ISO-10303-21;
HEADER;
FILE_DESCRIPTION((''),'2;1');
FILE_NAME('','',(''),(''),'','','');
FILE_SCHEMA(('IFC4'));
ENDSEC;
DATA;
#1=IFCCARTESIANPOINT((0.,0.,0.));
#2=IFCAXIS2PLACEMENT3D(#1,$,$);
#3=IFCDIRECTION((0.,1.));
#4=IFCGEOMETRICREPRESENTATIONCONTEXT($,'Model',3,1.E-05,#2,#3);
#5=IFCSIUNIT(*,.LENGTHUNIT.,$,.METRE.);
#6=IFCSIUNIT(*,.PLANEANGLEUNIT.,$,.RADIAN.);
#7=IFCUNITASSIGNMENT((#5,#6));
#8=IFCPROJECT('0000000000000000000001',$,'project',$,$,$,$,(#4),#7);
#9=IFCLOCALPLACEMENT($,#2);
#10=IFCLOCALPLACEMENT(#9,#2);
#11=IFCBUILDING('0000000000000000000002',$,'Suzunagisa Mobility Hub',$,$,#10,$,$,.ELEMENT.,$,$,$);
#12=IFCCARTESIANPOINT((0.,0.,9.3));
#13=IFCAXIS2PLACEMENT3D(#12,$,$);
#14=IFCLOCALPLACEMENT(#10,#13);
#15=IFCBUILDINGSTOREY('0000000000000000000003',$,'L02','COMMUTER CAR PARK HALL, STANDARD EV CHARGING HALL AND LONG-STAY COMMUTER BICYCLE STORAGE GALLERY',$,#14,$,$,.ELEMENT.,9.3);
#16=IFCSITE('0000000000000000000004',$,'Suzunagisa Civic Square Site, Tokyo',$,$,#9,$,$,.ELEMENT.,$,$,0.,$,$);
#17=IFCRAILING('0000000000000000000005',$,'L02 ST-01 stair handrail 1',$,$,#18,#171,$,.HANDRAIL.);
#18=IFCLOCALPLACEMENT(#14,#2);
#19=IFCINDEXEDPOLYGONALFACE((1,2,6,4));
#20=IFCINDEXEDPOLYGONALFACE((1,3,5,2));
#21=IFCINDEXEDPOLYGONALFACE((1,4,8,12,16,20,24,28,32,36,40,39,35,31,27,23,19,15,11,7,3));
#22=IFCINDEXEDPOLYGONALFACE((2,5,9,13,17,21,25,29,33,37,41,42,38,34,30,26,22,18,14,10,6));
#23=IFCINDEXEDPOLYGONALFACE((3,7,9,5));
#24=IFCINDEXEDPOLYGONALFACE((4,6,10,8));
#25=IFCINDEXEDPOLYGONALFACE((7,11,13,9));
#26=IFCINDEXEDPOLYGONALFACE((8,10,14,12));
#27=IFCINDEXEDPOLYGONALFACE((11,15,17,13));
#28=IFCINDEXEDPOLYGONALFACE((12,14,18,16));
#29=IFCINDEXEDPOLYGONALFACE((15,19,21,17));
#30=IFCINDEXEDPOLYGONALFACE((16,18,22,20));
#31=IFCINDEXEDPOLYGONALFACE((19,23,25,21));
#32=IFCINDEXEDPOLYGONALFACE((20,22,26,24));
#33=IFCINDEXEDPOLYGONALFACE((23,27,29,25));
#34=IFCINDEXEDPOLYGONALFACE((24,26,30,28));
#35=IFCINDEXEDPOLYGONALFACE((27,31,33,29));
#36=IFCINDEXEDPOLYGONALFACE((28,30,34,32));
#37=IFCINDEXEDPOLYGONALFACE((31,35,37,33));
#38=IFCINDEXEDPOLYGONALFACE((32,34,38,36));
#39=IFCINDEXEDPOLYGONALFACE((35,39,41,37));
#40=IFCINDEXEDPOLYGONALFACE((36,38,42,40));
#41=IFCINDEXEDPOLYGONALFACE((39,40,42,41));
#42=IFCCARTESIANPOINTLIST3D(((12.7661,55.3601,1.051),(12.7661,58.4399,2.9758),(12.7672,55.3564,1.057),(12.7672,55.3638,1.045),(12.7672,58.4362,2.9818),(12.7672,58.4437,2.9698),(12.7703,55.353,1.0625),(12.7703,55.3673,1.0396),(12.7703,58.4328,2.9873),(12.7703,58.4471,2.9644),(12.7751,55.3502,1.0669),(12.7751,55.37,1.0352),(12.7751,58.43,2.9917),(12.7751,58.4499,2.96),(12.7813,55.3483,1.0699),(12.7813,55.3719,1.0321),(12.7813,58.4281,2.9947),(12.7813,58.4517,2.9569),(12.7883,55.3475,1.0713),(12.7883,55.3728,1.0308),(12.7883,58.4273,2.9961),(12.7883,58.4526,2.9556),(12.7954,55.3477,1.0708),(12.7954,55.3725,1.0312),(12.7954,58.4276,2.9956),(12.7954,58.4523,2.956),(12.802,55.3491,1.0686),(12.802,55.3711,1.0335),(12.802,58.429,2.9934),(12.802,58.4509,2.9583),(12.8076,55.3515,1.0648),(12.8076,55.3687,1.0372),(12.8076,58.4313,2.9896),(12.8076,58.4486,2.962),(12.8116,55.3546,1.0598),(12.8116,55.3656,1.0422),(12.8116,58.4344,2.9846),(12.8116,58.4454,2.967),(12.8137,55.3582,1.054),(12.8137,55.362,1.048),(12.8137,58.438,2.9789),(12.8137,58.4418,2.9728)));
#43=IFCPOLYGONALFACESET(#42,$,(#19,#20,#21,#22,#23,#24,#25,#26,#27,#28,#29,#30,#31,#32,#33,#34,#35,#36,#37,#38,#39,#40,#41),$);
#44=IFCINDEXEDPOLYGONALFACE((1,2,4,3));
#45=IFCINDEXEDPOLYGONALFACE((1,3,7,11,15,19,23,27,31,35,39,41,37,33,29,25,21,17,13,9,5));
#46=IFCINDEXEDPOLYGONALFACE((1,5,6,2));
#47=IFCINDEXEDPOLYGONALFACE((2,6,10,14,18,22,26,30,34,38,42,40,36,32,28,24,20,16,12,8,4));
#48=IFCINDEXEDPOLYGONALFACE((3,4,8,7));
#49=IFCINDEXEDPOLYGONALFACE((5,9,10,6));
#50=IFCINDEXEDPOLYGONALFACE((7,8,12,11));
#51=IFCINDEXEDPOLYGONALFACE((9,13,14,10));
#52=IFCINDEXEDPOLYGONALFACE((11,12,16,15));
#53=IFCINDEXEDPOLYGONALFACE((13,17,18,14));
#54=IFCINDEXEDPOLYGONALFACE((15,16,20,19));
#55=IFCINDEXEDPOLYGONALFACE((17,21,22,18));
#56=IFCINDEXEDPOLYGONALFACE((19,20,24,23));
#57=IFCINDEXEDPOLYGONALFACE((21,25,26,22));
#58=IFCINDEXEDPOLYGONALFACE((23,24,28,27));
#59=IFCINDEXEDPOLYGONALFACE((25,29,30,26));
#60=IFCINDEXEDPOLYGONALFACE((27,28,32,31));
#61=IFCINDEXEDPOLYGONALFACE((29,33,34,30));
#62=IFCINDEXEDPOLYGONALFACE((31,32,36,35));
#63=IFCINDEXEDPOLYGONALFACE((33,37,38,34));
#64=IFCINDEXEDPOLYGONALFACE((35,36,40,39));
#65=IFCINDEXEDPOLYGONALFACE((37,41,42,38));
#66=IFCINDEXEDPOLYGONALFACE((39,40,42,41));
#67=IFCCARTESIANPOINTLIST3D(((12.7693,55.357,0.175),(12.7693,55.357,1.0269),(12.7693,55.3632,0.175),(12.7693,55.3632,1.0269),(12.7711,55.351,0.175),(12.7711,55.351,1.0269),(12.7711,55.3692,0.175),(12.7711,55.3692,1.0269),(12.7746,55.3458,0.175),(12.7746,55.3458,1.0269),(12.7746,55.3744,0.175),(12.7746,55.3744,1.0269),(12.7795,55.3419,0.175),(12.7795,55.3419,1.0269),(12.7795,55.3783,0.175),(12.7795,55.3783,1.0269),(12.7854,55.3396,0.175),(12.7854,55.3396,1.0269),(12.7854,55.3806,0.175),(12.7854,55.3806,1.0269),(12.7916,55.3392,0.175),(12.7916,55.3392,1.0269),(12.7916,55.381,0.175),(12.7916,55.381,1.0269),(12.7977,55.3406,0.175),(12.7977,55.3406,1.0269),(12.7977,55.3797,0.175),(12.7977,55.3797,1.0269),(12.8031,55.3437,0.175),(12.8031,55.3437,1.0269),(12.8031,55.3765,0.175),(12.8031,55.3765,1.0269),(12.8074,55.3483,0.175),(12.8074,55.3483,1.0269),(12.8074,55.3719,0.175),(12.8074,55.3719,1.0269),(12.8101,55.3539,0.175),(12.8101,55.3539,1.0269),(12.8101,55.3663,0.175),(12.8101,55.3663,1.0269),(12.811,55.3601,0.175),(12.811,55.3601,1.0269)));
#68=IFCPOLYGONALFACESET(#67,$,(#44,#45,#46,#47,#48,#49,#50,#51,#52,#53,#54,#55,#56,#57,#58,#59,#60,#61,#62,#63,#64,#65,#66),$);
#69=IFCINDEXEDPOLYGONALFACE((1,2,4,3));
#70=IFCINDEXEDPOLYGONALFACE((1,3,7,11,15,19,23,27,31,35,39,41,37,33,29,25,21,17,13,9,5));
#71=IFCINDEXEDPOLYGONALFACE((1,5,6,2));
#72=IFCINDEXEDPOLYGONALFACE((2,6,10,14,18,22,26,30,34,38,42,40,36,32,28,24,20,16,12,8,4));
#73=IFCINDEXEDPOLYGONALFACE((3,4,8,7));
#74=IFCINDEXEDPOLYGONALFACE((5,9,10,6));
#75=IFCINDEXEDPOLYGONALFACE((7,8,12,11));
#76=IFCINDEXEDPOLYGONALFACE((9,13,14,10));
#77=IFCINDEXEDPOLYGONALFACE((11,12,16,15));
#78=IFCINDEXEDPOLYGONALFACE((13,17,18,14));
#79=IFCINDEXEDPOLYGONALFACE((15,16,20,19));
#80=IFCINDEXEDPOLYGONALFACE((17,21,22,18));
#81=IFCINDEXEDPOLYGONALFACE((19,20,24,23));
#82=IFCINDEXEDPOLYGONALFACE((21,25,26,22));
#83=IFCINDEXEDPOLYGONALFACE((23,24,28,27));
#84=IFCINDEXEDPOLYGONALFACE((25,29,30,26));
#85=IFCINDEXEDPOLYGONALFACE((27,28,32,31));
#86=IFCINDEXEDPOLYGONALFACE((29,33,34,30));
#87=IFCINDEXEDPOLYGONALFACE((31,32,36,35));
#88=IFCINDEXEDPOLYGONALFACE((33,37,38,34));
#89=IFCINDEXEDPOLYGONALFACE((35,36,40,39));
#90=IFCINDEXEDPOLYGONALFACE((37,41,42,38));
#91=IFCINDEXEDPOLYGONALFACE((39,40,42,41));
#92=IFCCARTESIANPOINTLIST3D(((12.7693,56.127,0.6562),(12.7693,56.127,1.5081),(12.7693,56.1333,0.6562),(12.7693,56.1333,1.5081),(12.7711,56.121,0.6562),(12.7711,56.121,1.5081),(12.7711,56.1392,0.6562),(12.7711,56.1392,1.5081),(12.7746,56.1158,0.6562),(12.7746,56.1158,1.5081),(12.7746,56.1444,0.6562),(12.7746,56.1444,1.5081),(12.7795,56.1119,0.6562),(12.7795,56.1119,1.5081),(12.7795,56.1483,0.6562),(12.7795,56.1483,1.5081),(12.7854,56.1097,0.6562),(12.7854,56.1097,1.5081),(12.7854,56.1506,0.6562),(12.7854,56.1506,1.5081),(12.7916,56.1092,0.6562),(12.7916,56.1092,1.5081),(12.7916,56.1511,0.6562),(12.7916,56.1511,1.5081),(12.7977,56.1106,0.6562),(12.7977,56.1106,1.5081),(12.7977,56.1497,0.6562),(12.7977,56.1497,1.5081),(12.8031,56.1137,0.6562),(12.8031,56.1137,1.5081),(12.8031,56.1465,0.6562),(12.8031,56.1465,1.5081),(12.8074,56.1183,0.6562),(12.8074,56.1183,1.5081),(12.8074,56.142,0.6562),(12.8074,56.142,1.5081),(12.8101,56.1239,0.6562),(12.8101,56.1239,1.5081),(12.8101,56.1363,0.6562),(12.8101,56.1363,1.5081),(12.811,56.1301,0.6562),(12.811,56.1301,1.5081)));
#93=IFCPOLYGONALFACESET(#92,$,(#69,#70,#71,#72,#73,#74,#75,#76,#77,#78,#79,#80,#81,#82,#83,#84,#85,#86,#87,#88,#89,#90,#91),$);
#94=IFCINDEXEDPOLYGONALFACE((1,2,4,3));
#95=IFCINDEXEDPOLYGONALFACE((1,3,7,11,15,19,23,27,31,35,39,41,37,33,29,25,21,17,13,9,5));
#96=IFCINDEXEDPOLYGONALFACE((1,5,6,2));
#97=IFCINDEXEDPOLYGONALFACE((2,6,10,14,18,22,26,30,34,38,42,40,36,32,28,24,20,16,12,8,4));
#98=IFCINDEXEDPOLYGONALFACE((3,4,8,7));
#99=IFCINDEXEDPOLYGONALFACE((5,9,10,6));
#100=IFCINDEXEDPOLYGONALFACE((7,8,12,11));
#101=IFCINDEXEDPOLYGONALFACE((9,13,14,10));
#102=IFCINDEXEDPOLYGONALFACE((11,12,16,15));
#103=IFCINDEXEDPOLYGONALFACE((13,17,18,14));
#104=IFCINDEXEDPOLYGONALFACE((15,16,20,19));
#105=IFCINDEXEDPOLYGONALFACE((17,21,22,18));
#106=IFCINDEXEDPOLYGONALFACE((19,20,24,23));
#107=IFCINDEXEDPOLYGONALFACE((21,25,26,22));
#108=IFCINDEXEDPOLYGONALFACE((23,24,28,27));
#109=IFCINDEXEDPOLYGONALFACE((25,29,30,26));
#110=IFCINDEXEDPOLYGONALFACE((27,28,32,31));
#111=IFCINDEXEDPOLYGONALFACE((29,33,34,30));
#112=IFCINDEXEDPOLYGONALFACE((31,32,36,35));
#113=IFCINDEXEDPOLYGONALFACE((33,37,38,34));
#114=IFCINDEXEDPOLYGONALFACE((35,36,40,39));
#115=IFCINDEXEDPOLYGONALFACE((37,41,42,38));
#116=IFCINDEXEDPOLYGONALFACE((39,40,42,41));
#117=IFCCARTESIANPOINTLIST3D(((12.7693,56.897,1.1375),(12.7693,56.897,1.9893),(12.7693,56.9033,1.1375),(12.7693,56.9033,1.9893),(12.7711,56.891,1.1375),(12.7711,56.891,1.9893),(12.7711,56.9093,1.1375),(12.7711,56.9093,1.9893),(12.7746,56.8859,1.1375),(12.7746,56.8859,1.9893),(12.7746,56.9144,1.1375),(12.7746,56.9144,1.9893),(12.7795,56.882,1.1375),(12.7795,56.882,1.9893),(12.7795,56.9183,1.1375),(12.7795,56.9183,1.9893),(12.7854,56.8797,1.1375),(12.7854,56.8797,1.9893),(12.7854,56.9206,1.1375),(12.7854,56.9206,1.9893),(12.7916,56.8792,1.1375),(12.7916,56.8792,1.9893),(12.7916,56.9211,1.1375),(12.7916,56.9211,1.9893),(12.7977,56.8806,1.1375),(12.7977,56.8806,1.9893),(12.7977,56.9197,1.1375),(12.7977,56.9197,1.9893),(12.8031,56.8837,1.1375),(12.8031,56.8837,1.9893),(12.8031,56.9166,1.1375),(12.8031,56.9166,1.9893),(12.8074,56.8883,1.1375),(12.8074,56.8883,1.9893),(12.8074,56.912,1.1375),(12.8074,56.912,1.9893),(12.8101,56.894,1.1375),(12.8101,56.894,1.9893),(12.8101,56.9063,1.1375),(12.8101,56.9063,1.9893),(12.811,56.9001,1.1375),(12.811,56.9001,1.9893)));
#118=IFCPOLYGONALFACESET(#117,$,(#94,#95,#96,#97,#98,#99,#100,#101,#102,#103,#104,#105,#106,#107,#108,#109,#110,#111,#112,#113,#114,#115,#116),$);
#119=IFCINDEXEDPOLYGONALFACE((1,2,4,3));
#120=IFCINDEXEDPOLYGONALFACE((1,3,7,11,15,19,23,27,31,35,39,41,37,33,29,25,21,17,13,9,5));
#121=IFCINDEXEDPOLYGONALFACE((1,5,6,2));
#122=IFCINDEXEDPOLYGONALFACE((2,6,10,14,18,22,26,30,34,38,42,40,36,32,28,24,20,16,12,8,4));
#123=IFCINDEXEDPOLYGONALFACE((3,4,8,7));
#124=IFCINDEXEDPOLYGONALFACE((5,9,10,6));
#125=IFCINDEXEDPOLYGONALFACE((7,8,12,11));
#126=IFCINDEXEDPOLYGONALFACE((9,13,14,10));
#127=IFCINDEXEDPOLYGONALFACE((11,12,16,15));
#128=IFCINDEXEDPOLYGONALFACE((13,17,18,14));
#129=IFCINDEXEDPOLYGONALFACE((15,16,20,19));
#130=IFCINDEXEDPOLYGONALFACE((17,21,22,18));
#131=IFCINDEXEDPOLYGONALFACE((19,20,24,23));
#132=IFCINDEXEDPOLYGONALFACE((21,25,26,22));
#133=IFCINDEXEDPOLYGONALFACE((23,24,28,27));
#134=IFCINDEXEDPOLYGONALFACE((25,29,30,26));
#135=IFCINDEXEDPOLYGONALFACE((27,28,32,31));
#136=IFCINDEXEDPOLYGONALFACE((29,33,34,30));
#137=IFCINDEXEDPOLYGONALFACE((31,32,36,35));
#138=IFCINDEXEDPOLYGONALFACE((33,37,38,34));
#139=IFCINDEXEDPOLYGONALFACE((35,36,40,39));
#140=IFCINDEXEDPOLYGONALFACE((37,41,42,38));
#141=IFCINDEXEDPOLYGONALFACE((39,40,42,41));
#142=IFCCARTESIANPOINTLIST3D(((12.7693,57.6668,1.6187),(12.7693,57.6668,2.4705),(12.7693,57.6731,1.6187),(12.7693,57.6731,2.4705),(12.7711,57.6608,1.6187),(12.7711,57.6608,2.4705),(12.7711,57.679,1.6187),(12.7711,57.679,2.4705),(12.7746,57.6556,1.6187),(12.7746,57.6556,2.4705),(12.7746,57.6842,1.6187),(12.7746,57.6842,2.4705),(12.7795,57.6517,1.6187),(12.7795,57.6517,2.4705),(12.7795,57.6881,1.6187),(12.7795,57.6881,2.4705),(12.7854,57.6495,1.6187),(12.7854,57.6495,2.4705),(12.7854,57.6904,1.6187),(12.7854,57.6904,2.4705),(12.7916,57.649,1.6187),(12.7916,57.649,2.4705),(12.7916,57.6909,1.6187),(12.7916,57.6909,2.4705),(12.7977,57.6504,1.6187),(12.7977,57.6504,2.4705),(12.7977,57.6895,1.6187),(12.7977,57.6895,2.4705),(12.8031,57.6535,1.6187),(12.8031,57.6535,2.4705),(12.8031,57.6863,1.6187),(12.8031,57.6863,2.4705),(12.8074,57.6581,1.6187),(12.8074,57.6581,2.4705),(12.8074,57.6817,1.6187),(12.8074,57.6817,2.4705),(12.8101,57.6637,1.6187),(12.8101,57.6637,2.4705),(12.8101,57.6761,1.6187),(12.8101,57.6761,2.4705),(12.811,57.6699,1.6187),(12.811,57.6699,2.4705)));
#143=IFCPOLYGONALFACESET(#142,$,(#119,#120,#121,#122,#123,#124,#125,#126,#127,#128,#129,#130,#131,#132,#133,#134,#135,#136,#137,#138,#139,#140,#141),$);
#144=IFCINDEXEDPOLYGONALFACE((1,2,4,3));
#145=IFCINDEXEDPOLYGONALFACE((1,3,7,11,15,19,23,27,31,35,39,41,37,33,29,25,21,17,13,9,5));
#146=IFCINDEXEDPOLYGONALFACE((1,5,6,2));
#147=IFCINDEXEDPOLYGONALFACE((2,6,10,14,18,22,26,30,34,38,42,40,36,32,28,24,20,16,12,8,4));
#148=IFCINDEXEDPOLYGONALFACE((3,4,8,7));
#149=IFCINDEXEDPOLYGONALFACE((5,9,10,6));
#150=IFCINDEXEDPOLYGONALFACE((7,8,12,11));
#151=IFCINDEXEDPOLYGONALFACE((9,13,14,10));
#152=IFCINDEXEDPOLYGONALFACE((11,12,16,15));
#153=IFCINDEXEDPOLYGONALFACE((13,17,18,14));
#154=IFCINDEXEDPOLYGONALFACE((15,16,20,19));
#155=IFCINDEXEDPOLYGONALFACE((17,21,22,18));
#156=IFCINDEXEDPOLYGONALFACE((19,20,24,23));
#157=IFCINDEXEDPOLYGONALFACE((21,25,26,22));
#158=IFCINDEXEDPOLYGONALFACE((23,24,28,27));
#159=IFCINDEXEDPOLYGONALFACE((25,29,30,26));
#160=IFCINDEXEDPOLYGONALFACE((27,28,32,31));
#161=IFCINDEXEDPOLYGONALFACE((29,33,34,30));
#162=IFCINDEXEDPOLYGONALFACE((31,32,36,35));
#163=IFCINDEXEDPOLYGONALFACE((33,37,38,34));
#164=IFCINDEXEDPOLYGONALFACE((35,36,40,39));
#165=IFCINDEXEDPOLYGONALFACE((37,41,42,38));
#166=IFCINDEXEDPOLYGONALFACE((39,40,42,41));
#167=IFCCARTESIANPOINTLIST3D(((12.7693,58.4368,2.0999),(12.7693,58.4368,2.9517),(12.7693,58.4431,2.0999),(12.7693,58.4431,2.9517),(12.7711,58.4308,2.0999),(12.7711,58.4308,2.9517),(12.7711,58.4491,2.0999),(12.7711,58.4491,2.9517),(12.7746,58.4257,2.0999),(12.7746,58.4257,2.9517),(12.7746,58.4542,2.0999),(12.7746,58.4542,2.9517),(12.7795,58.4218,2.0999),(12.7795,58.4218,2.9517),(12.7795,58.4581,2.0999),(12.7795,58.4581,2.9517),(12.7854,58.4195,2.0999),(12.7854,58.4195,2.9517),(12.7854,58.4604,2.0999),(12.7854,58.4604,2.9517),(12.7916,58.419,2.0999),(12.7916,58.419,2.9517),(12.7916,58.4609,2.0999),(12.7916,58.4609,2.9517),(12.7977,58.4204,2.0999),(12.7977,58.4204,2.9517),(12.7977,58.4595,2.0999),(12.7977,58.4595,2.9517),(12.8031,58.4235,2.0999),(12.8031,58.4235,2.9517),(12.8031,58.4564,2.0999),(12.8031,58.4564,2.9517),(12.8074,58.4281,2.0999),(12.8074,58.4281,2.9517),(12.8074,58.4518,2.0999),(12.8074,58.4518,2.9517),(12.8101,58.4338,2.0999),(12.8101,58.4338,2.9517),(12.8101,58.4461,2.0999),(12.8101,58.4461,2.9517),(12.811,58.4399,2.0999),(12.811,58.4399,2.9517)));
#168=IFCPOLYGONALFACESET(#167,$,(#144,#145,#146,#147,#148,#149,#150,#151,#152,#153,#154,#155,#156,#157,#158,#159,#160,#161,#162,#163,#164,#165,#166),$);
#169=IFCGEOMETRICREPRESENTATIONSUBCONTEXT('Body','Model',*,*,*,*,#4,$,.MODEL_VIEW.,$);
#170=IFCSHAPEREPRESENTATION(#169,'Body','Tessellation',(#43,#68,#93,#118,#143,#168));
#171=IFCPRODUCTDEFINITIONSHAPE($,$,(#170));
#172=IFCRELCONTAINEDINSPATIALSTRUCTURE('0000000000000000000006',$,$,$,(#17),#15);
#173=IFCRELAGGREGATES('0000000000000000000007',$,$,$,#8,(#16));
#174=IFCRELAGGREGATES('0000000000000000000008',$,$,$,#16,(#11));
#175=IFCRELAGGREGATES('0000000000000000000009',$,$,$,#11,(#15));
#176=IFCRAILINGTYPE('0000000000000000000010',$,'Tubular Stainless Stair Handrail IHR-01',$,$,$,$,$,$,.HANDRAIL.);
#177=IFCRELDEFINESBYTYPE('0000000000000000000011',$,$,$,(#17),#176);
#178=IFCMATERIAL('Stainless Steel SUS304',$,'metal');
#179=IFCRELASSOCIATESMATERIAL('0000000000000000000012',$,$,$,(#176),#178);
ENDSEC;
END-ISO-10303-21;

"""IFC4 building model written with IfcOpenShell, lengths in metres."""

from ifc_helpers import new_model, si_unit, direction, frame, origin, origin_2d, place, context, subcontext, project, spatial, circle, extrude, material, type_object, element, save


model = new_model("IFC4")

# Units and contexts
model_context = context("Model", 3, precision=1e-05, world=origin(), true_north=direction((0.0, 1.0)))
body_context = subcontext(model_context, "Body", "Model", "MODEL_VIEW")
ifc_project = project(units=[si_unit("LENGTHUNIT", "METRE"), si_unit("PLANEANGLEUNIT", "RADIAN")], contexts=[model_context])

# Site, building, storey
site_placement = place(None, origin())
site = spatial("IfcSite", under=ifc_project, at=site_placement, Name="Suzunagisa Civic Square Site, Tokyo", CompositionType="ELEMENT", RefElevation=0.0)
building_placement = place(site_placement, origin())
building = spatial("IfcBuilding", under=site, at=building_placement, Name="Suzunagisa Mobility Hub", CompositionType="ELEMENT")
storey_placement = place(building_placement, frame((0.0, 0.0, 9.3)))
storey = spatial("IfcBuildingStorey", under=building, at=storey_placement, Name="L02", Description="COMMUTER CAR PARK HALL, STANDARD EV CHARGING HALL AND LONG-STAY COMMUTER BICYCLE STORAGE GALLERY", CompositionType="ELEMENT", Elevation=9.3)

# Railing
ifc_material_1 = material(Name="Stainless Steel SUS304", Category="metal")
railing_type_1 = type_object("IfcRailingType", Name="Tubular Stainless Stair Handrail IHR-01", PredefinedType="HANDRAIL", material=ifc_material_1)
railing_1_placement = place(storey_placement, frame((12.79, 55.3601, 0.175)))
element("IfcRailing", 1, at=railing_1_placement, inside=storey, type_object=railing_type_1, Name="L02 ST-01 stair handrail 1", PredefinedType="HANDRAIL", context=body_context, shape_type="SweptSolid", body=[
    extrude(circle(Radius=0.0239, at=origin_2d()), frame((0.0, 0.0, 0.876), z_axis=(0.0, 0.84801, 0.529981), x_axis=(-1.0, 0.0, 0.0)), (0.0, 0.0, 1.0), 3.6318),
    extrude(circle(Radius=0.021, at=origin_2d()), origin(), (0.0, 0.0, 1.0), 0.8518),
    extrude(circle(Radius=0.021, at=origin_2d()), frame((0.0, 0.77, 0.4812)), (0.0, 0.0, 1.0), 0.8518),
    extrude(circle(Radius=0.021, at=origin_2d()), frame((0.0, 1.54, 0.9624)), (0.0, 0.0, 1.0), 0.8518),
    extrude(circle(Radius=0.021, at=origin_2d()), frame((0.0, 2.3098, 1.4436)), (0.0, 0.0, 1.0), 0.8518),
    extrude(circle(Radius=0.021, at=origin_2d()), frame((0.0, 3.0798, 1.9248)), (0.0, 0.0, 1.0), 0.8518),
])

save(model, "model.ifc")
